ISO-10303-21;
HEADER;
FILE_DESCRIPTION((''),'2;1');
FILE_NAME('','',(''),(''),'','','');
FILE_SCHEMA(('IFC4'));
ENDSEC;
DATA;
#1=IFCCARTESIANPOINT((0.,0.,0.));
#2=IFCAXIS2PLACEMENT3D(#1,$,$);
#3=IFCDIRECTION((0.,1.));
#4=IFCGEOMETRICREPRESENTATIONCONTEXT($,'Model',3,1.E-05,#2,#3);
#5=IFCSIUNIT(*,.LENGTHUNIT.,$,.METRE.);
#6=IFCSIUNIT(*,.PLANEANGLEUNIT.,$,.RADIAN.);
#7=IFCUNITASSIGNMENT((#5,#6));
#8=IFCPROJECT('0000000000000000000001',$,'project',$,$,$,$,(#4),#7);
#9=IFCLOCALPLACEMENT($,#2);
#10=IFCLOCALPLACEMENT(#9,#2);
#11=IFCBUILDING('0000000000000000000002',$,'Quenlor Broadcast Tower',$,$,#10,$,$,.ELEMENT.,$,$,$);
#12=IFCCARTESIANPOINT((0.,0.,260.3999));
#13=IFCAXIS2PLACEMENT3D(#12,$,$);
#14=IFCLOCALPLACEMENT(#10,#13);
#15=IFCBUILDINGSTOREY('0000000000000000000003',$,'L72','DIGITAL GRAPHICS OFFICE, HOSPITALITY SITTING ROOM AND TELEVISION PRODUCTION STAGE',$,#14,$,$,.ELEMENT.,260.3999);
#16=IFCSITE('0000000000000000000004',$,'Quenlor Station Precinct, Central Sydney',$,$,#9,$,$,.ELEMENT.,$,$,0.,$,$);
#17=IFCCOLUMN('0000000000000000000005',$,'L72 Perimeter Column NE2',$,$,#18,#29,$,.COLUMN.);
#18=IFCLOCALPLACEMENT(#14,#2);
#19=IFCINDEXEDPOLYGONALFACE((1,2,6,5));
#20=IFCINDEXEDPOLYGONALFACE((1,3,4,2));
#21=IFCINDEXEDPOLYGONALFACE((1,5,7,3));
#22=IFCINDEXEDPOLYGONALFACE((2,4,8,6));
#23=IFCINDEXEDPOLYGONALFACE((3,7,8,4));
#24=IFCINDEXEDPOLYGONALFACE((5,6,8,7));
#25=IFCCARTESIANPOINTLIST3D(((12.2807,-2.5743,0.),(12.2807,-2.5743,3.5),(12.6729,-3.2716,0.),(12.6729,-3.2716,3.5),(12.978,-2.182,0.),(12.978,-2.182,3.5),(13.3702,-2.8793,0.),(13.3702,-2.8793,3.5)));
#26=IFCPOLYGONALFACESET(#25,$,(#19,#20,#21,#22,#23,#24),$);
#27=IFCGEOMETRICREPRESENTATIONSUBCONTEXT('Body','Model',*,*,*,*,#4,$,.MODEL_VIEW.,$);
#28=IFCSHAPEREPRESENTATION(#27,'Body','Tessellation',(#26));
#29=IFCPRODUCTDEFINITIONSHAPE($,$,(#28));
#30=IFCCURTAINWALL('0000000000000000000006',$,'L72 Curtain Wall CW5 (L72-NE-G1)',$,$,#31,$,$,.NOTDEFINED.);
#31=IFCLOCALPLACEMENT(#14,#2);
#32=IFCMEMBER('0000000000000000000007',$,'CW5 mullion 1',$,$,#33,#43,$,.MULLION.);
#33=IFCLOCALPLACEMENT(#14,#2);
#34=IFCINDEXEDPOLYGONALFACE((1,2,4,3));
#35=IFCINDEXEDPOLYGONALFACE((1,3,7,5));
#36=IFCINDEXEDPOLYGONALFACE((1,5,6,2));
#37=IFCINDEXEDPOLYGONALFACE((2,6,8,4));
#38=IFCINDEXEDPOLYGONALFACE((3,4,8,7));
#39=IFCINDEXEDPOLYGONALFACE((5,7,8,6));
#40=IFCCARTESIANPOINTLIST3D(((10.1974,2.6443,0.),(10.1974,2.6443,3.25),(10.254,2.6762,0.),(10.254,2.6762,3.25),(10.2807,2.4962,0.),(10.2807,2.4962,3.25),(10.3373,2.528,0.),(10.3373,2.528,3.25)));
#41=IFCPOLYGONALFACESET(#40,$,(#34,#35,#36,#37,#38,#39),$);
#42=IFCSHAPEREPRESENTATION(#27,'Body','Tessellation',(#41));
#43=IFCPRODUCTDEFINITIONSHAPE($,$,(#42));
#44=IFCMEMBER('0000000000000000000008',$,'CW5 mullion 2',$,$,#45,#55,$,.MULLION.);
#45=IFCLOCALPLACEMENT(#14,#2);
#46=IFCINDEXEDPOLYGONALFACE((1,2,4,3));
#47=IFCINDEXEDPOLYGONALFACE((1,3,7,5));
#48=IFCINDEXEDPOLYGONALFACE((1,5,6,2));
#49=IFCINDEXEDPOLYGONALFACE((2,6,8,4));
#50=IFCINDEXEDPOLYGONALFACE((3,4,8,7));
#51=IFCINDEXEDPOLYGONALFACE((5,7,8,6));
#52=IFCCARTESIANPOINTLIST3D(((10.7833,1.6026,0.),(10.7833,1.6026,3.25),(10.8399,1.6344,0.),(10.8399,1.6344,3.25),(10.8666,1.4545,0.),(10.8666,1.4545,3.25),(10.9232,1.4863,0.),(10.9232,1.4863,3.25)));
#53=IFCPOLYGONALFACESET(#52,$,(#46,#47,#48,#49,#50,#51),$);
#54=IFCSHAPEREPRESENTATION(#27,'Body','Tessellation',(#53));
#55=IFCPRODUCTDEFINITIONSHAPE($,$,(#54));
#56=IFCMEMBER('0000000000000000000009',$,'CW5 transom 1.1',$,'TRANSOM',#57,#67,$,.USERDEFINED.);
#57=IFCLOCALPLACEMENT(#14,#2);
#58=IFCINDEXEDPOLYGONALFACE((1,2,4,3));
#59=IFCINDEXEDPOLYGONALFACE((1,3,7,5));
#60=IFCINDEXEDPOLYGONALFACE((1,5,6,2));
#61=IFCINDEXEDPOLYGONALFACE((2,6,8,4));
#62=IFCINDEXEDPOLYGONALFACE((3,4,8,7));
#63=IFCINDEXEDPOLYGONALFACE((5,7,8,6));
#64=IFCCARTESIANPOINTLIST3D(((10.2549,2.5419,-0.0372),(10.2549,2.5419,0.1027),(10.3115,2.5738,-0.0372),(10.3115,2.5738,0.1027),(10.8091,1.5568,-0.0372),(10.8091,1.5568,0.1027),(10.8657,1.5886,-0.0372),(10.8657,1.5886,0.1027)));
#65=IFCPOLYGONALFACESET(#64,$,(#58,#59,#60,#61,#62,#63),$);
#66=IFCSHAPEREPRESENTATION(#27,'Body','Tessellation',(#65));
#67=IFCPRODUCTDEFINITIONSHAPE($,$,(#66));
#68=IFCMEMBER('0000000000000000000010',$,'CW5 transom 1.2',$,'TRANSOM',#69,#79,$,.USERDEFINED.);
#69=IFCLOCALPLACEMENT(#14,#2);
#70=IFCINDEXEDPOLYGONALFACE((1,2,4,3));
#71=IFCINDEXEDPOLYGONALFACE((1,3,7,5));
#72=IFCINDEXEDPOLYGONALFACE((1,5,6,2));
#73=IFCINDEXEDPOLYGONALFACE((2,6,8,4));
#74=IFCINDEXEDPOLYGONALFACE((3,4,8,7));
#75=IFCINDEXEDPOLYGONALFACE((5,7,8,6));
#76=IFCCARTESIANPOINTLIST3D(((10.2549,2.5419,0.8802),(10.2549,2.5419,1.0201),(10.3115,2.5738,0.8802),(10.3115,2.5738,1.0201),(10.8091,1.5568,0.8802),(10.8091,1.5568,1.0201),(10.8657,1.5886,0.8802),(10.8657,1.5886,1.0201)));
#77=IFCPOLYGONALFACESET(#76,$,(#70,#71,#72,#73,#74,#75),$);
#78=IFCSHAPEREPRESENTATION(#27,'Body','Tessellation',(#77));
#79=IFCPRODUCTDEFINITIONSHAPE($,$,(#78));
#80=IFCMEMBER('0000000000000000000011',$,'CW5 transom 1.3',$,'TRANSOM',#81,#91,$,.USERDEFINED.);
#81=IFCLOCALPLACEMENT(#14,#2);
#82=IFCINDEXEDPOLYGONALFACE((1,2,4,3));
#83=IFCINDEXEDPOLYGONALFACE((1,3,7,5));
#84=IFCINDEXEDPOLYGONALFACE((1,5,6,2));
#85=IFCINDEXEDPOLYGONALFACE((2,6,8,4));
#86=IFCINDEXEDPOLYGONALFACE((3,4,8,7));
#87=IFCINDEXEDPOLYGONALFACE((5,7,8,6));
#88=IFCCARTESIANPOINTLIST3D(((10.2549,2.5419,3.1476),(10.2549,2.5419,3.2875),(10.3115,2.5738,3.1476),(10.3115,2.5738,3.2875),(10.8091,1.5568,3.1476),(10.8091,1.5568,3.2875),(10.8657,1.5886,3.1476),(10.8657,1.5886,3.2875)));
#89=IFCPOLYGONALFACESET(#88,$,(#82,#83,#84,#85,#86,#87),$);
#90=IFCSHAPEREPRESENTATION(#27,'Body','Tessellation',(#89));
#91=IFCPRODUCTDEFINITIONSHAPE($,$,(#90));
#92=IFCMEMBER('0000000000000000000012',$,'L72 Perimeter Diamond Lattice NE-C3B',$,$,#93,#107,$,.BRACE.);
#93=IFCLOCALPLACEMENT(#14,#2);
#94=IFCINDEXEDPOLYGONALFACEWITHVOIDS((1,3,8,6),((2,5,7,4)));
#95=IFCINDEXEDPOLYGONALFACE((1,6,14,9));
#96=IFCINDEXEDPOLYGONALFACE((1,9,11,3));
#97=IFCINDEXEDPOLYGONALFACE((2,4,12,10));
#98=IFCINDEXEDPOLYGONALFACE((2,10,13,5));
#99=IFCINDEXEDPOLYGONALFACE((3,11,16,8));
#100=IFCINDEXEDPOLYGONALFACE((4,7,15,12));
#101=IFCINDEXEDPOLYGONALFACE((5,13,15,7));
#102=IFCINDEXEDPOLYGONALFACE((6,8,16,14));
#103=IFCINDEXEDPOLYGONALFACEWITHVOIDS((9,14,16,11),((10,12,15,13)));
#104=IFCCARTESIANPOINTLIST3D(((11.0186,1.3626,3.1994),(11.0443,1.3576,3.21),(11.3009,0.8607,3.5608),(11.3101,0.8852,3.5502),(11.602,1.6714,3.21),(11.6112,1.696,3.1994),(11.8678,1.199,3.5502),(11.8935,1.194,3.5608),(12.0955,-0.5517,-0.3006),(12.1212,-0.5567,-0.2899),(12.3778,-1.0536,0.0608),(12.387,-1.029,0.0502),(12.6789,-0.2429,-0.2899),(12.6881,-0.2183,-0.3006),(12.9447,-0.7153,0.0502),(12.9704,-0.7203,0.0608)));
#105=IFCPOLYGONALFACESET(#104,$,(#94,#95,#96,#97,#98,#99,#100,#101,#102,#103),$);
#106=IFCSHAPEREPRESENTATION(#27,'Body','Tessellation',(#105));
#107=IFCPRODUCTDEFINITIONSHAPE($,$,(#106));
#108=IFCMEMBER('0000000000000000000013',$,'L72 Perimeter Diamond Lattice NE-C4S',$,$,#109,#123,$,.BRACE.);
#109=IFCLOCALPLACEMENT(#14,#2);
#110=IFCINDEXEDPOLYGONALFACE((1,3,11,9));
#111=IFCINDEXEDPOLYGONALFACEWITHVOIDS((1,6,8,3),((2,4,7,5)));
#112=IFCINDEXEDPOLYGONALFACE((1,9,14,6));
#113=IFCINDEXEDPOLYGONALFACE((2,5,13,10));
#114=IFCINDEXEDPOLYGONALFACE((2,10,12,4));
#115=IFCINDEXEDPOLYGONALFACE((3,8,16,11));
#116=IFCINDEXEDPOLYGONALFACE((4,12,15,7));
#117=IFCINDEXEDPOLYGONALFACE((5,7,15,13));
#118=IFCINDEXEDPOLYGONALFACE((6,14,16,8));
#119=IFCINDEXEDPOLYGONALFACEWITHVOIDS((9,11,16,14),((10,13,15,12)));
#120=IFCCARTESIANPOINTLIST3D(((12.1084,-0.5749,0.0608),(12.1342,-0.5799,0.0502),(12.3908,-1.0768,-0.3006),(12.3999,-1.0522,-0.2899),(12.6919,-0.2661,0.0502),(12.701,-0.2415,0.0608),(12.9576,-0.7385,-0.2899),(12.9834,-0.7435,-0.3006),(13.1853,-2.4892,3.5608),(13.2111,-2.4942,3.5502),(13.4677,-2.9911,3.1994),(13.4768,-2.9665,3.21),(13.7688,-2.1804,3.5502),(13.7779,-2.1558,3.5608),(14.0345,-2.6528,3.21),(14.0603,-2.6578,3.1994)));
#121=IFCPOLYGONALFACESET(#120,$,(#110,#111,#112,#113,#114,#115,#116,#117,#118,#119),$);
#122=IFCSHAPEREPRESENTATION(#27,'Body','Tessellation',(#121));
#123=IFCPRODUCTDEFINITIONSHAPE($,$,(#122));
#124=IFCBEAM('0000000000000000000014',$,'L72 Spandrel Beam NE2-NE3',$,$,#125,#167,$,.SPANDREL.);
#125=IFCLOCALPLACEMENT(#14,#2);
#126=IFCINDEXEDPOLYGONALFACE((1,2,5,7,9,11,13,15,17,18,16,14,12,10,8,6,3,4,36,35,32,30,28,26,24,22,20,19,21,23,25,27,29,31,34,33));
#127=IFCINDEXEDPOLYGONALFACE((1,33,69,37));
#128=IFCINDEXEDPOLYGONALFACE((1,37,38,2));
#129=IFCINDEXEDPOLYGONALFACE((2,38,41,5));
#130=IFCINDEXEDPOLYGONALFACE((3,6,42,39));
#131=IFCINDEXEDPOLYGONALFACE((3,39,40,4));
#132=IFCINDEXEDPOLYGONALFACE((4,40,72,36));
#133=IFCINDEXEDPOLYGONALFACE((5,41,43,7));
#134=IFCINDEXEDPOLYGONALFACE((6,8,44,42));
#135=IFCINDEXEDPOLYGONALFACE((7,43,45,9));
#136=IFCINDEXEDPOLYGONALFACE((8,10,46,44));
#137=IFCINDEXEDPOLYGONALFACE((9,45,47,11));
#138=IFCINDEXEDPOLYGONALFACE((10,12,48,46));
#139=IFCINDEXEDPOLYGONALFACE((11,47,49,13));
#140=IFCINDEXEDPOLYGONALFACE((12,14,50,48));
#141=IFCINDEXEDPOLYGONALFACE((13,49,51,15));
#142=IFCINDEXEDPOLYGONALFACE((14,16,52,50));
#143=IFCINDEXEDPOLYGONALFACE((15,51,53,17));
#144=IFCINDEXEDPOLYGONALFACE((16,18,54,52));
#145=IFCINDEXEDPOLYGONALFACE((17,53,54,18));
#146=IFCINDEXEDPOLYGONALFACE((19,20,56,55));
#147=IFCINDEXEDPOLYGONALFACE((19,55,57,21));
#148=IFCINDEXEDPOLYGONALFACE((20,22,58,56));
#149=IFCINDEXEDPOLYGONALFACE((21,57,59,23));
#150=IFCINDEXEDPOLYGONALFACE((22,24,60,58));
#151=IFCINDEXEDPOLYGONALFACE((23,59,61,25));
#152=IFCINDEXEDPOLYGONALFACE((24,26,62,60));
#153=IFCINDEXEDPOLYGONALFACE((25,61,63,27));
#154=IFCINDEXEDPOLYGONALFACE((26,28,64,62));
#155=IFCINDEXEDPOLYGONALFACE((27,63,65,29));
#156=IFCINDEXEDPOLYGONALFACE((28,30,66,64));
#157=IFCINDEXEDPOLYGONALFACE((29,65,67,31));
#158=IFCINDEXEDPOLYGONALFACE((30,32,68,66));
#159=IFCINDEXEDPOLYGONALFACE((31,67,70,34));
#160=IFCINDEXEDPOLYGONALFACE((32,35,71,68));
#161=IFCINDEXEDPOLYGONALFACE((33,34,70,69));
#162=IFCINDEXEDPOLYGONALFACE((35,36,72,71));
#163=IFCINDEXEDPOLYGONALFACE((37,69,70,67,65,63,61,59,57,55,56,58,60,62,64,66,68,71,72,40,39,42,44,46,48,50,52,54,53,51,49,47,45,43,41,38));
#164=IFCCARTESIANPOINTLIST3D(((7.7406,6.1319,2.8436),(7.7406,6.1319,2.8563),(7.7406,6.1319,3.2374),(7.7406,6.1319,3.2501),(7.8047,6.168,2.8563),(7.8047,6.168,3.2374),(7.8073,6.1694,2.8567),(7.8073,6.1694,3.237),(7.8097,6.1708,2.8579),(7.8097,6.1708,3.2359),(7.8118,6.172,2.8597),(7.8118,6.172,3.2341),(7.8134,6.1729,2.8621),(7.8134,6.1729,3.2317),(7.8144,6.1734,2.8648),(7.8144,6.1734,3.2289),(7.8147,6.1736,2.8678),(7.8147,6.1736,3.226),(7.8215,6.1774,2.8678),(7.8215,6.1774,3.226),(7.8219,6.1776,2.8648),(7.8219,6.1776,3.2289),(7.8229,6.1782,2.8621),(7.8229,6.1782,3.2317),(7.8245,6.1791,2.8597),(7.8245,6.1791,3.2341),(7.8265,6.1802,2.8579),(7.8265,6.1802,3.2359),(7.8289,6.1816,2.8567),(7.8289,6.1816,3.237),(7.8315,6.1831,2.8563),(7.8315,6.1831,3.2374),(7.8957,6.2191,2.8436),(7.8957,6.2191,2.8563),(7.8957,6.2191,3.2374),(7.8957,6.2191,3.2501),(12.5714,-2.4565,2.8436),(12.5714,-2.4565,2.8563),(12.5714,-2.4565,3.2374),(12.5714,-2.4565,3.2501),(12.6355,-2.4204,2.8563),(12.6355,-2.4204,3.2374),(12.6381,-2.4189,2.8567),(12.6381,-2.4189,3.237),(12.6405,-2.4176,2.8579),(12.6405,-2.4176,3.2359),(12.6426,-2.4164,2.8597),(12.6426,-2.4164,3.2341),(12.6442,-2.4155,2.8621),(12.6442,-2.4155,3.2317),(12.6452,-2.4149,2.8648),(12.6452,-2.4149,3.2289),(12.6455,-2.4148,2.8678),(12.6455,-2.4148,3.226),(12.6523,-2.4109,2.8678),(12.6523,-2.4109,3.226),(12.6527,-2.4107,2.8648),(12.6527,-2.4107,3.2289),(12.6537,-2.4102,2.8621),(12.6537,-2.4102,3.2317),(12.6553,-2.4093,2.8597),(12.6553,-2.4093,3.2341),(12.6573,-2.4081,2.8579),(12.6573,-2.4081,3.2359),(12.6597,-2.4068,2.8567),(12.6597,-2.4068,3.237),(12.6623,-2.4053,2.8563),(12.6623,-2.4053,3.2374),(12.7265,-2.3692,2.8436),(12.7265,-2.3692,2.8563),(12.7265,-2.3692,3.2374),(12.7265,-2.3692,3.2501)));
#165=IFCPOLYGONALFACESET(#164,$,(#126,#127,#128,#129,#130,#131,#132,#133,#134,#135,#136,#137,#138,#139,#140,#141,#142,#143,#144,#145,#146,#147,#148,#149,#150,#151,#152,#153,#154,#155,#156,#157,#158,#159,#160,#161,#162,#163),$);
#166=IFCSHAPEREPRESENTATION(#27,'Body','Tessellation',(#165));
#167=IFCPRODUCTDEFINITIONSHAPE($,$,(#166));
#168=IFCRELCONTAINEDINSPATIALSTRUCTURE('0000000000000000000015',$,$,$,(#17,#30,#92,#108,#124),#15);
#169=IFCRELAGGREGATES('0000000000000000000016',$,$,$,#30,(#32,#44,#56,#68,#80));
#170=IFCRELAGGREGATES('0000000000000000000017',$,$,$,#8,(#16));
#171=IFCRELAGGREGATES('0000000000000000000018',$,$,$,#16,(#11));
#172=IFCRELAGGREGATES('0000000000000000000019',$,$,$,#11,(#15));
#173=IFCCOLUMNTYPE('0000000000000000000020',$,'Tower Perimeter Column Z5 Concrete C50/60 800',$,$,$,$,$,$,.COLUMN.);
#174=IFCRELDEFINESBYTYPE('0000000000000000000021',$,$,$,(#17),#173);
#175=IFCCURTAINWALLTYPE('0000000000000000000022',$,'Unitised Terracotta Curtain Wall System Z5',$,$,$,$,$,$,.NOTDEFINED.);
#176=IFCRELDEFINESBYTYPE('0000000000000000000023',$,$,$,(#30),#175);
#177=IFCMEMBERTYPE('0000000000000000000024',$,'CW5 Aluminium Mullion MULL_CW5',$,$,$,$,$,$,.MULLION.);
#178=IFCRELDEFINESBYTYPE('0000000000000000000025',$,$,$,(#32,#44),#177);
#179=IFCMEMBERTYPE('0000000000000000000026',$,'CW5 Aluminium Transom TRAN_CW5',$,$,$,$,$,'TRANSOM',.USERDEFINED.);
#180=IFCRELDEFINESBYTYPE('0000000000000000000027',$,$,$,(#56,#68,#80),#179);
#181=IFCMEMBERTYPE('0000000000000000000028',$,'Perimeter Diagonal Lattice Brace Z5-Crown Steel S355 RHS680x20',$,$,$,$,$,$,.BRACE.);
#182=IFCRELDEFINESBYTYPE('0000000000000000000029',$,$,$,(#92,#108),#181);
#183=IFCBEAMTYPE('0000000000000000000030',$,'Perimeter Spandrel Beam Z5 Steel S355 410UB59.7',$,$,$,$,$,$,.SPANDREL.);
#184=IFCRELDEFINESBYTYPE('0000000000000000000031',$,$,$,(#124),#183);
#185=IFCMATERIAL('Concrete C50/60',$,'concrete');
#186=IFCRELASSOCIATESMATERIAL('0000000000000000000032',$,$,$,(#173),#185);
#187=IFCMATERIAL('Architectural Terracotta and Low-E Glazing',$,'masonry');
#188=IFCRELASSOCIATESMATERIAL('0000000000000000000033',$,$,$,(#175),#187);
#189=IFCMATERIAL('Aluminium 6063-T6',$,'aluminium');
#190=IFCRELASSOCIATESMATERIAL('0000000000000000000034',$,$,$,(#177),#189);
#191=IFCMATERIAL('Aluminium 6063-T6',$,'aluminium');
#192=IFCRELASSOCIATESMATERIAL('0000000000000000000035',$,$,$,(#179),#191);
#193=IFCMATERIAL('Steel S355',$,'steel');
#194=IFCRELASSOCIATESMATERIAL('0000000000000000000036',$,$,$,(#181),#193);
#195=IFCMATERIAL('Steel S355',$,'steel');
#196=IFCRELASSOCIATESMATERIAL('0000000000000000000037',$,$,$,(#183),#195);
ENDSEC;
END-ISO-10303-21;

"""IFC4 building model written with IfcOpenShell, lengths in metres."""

from ifc_helpers import new_model, si_unit, direction, frame, origin, origin_2d, place, context, subcontext, project, spatial, rectangle, hollow_rectangle, i_section, extrude, material, material_profile, profile_set, type_object, element, aggregate, save


model = new_model("IFC4")

# Units and contexts
model_context = context("Model", 3, precision=1e-05, world=origin(), true_north=direction((0.0, 1.0)))
body_context = subcontext(model_context, "Body", "Model", "MODEL_VIEW")
ifc_project = project(units=[si_unit("LENGTHUNIT", "METRE"), si_unit("PLANEANGLEUNIT", "RADIAN")], contexts=[model_context])

# Site, building, storey
site_placement = place(None, origin())
site = spatial("IfcSite", under=ifc_project, at=site_placement, Name="Quenlor Station Precinct, Central Sydney", CompositionType="ELEMENT", RefElevation=0.0)
building_placement = place(site_placement, origin())
building = spatial("IfcBuilding", under=site, at=building_placement, Name="Quenlor Broadcast Tower", CompositionType="ELEMENT")
storey_placement = place(building_placement, frame((0.0, 0.0, 260.3999)))
storey = spatial("IfcBuildingStorey", under=building, at=storey_placement, Name="L72", Description="DIGITAL GRAPHICS OFFICE, HOSPITALITY SITTING ROOM AND TELEVISION PRODUCTION STAGE", CompositionType="ELEMENT", Elevation=260.3999)

# Column
ifc_material_1 = material(Name="Concrete C50/60", Category="concrete")
ifc_material_profile_1 = material_profile(ifc_material_1, rectangle(XDim=0.8, YDim=0.8, at=origin_2d()))
ifc_profile_set_1 = profile_set([ifc_material_profile_1], Name="Concrete C50/60 RC800x800")
column_type = type_object("IfcColumnType", Name="Tower Perimeter Column Z5 Concrete C50/60 800", PredefinedType="COLUMN", material=ifc_profile_set_1)
column_placement = place(storey_placement, frame((12.8254, -2.7268, 0.0), z_axis=(0.0, 0.0, 1.0), x_axis=(0.871575, 0.490262, 0.0)))
element("IfcColumn", 1, at=column_placement, inside=storey, type_object=column_type, Name="L72 Perimeter Column NE2", PredefinedType="COLUMN", context=body_context, shape_type="SweptSolid", body=[
    extrude(rectangle(XDim=0.8, YDim=0.8, at=origin_2d()), origin(), (0.0, 0.0, 1.0), 3.5),
])

# Curtain wall, members
ifc_material_2 = material(Name="Architectural Terracotta and Low-E Glazing", Category="masonry")
curtain_wall_type = type_object("IfcCurtainWallType", Name="Unitised Terracotta Curtain Wall System Z5", PredefinedType="NOTDEFINED", material=ifc_material_2)
curtain_wall_placement = place(storey_placement, origin())
curtain_wall = element("IfcCurtainWall", 2, at=curtain_wall_placement, inside=storey, type_object=curtain_wall_type, Name="L72 Curtain Wall CW5 (L72-NE-G1)", PredefinedType="NOTDEFINED")
ifc_material_3 = material(Name="Aluminium 6063-T6", Category="aluminium")
ifc_material_profile_2 = material_profile(ifc_material_3, rectangle(XDim=0.0649, YDim=0.1699, at=origin_2d()))
ifc_profile_set_2 = profile_set([ifc_material_profile_2], Name="Aluminium 6063-T6 MULL65x170")
member_type_1 = type_object("IfcMemberType", Name="CW5 Aluminium Mullion MULL_CW5", PredefinedType="MULLION", material=ifc_profile_set_2)
member_1_placement = place(storey_placement, frame((10.2673, 2.5862, 0.0), z_axis=(0.0, 0.0, 1.0), x_axis=(0.871592, 0.490231, 0.0)))
member_1 = element("IfcMember", 3, at=member_1_placement, type_object=member_type_1, Name="CW5 mullion 1", PredefinedType="MULLION", context=body_context, shape_type="SweptSolid", body=[
    extrude(rectangle(XDim=0.0649, YDim=0.1699, at=origin_2d()), origin(), (0.0, 0.0, 1.0), 3.25),
])
member_2_placement = place(storey_placement, frame((10.8533, 1.5444, 0.0), z_axis=(0.0, 0.0, 1.0), x_axis=(0.871592, 0.490231, 0.0)))
member_2 = element("IfcMember", 4, at=member_2_placement, type_object=member_type_1, Name="CW5 mullion 2", PredefinedType="MULLION", context=body_context, shape_type="SweptSolid", body=[
    extrude(rectangle(XDim=0.0649, YDim=0.1699, at=origin_2d()), origin(), (0.0, 0.0, 1.0), 3.25),
])
ifc_material_4 = material(Name="Aluminium 6063-T6", Category="aluminium")
ifc_material_profile_3 = material_profile(ifc_material_4, rectangle(XDim=0.0649, YDim=0.1399, at=origin_2d()))
ifc_profile_set_3 = profile_set([ifc_material_profile_3], Name="Aluminium 6063-T6 TRAN65x140")
member_type_2 = type_object("IfcMemberType", Name="CW5 Aluminium Transom TRAN_CW5", ElementType="TRANSOM", PredefinedType="USERDEFINED", material=ifc_profile_set_3)
member_3_placement = place(storey_placement, frame((10.2832, 2.5579, 0.0327), z_axis=(0.490313, -0.871547, 0.0), x_axis=(0.871547, 0.490313, 0.0)))
member_3 = element("IfcMember", 5, at=member_3_placement, type_object=member_type_2, Name="CW5 transom 1.1", ObjectType="TRANSOM", PredefinedType="USERDEFINED", context=body_context, shape_type="SweptSolid", body=[
    extrude(rectangle(XDim=0.0649, YDim=0.1399, at=origin_2d()), origin(), (0.0, 0.0, 1.0), 1.1304),
])
member_4_placement = place(storey_placement, frame((10.2832, 2.5579, 0.9502), z_axis=(0.490313, -0.871547, 0.0), x_axis=(0.871547, 0.490313, 0.0)))
member_4 = element("IfcMember", 6, at=member_4_placement, type_object=member_type_2, Name="CW5 transom 1.2", ObjectType="TRANSOM", PredefinedType="USERDEFINED", context=body_context, shape_type="SweptSolid", body=[
    extrude(rectangle(XDim=0.0649, YDim=0.1399, at=origin_2d()), origin(), (0.0, 0.0, 1.0), 1.1304),
])
member_5_placement = place(storey_placement, frame((10.2832, 2.5579, 3.2175), z_axis=(0.490313, -0.871547, 0.0), x_axis=(0.871547, 0.490313, 0.0)))
member_5 = element("IfcMember", 7, at=member_5_placement, type_object=member_type_2, Name="CW5 transom 1.3", ObjectType="TRANSOM", PredefinedType="USERDEFINED", context=body_context, shape_type="SweptSolid", body=[
    extrude(rectangle(XDim=0.0649, YDim=0.1399, at=origin_2d()), origin(), (0.0, 0.0, 1.0), 1.1304),
])

# Members
ifc_material_5 = material(Name="Steel S355", Category="steel")
ifc_material_profile_4 = material_profile(ifc_material_5, hollow_rectangle(XDim=0.6799, YDim=0.6799, WallThickness=0.02, at=origin_2d()))
ifc_profile_set_4 = profile_set([ifc_material_profile_4], Name="Steel S355 RHS680x680x20")
member_type_3 = type_object("IfcMemberType", Name="Perimeter Diagonal Lattice Brace Z5-Crown Steel S355 RHS680x20", PredefinedType="BRACE", material=ifc_profile_set_4)
for number, where, z_axis, x_axis, name in (
    (8, (12.533, -0.636, -0.1199), (-0.260619, 0.463276, 0.847026), (-0.871555, -0.490298, 0.0), "L72 Perimeter Diamond Lattice NE-C3B"),
    (9, (12.5459, -0.6592, -0.1199), (0.260619, -0.463276, 0.847026), (0.871555, 0.490298, 0.0), "L72 Perimeter Diamond Lattice NE-C4S"),
):
    element("IfcMember", number, at=place(storey_placement, frame(where, z_axis=z_axis, x_axis=x_axis)), inside=storey, type_object=member_type_3, Name=name, PredefinedType="BRACE", context=body_context, shape_type="SweptSolid", body=[
        extrude(hollow_rectangle(XDim=0.6799, YDim=0.6799, WallThickness=0.02, at=origin_2d()), origin(), (0.0, 0.0, 1.0), 4.1321),
    ])

# Beam
ifc_material_6 = material(Name="Steel S355", Category="steel")
ifc_material_profile_5 = material_profile(ifc_material_6, i_section(OverallWidth=0.178, OverallDepth=0.4065, WebThickness=0.0078, FlangeThickness=0.0127, FilletRadius=0.0115, at=origin_2d()))
ifc_profile_set_5 = profile_set([ifc_material_profile_5], Name="Steel S355 410UB59.7")
beam_type_1 = type_object("IfcBeamType", Name="Perimeter Spandrel Beam Z5 Steel S355 410UB59.7", PredefinedType="SPANDREL", material=ifc_profile_set_5)
beam_1_placement = place(storey_placement, frame((12.6489, -2.4128, 3.0469), z_axis=(-0.490249, 0.871582, 0.0), x_axis=(-0.871582, -0.490249, 0.0)))
element("IfcBeam", 10, at=beam_1_placement, inside=storey, type_object=beam_type_1, Name="L72 Spandrel Beam NE2-NE3", PredefinedType="SPANDREL", context=body_context, shape_type="SweptSolid", body=[
    extrude(i_section(OverallWidth=0.178, OverallDepth=0.4065, WebThickness=0.0078, FlangeThickness=0.0127, FilletRadius=0.0115, at=origin_2d()), origin(), (0.0, 0.0, 1.0), 9.8538),
])

aggregate(curtain_wall, [member_1, member_2, member_3, member_4, member_5])

save(model, "model.ifc")
